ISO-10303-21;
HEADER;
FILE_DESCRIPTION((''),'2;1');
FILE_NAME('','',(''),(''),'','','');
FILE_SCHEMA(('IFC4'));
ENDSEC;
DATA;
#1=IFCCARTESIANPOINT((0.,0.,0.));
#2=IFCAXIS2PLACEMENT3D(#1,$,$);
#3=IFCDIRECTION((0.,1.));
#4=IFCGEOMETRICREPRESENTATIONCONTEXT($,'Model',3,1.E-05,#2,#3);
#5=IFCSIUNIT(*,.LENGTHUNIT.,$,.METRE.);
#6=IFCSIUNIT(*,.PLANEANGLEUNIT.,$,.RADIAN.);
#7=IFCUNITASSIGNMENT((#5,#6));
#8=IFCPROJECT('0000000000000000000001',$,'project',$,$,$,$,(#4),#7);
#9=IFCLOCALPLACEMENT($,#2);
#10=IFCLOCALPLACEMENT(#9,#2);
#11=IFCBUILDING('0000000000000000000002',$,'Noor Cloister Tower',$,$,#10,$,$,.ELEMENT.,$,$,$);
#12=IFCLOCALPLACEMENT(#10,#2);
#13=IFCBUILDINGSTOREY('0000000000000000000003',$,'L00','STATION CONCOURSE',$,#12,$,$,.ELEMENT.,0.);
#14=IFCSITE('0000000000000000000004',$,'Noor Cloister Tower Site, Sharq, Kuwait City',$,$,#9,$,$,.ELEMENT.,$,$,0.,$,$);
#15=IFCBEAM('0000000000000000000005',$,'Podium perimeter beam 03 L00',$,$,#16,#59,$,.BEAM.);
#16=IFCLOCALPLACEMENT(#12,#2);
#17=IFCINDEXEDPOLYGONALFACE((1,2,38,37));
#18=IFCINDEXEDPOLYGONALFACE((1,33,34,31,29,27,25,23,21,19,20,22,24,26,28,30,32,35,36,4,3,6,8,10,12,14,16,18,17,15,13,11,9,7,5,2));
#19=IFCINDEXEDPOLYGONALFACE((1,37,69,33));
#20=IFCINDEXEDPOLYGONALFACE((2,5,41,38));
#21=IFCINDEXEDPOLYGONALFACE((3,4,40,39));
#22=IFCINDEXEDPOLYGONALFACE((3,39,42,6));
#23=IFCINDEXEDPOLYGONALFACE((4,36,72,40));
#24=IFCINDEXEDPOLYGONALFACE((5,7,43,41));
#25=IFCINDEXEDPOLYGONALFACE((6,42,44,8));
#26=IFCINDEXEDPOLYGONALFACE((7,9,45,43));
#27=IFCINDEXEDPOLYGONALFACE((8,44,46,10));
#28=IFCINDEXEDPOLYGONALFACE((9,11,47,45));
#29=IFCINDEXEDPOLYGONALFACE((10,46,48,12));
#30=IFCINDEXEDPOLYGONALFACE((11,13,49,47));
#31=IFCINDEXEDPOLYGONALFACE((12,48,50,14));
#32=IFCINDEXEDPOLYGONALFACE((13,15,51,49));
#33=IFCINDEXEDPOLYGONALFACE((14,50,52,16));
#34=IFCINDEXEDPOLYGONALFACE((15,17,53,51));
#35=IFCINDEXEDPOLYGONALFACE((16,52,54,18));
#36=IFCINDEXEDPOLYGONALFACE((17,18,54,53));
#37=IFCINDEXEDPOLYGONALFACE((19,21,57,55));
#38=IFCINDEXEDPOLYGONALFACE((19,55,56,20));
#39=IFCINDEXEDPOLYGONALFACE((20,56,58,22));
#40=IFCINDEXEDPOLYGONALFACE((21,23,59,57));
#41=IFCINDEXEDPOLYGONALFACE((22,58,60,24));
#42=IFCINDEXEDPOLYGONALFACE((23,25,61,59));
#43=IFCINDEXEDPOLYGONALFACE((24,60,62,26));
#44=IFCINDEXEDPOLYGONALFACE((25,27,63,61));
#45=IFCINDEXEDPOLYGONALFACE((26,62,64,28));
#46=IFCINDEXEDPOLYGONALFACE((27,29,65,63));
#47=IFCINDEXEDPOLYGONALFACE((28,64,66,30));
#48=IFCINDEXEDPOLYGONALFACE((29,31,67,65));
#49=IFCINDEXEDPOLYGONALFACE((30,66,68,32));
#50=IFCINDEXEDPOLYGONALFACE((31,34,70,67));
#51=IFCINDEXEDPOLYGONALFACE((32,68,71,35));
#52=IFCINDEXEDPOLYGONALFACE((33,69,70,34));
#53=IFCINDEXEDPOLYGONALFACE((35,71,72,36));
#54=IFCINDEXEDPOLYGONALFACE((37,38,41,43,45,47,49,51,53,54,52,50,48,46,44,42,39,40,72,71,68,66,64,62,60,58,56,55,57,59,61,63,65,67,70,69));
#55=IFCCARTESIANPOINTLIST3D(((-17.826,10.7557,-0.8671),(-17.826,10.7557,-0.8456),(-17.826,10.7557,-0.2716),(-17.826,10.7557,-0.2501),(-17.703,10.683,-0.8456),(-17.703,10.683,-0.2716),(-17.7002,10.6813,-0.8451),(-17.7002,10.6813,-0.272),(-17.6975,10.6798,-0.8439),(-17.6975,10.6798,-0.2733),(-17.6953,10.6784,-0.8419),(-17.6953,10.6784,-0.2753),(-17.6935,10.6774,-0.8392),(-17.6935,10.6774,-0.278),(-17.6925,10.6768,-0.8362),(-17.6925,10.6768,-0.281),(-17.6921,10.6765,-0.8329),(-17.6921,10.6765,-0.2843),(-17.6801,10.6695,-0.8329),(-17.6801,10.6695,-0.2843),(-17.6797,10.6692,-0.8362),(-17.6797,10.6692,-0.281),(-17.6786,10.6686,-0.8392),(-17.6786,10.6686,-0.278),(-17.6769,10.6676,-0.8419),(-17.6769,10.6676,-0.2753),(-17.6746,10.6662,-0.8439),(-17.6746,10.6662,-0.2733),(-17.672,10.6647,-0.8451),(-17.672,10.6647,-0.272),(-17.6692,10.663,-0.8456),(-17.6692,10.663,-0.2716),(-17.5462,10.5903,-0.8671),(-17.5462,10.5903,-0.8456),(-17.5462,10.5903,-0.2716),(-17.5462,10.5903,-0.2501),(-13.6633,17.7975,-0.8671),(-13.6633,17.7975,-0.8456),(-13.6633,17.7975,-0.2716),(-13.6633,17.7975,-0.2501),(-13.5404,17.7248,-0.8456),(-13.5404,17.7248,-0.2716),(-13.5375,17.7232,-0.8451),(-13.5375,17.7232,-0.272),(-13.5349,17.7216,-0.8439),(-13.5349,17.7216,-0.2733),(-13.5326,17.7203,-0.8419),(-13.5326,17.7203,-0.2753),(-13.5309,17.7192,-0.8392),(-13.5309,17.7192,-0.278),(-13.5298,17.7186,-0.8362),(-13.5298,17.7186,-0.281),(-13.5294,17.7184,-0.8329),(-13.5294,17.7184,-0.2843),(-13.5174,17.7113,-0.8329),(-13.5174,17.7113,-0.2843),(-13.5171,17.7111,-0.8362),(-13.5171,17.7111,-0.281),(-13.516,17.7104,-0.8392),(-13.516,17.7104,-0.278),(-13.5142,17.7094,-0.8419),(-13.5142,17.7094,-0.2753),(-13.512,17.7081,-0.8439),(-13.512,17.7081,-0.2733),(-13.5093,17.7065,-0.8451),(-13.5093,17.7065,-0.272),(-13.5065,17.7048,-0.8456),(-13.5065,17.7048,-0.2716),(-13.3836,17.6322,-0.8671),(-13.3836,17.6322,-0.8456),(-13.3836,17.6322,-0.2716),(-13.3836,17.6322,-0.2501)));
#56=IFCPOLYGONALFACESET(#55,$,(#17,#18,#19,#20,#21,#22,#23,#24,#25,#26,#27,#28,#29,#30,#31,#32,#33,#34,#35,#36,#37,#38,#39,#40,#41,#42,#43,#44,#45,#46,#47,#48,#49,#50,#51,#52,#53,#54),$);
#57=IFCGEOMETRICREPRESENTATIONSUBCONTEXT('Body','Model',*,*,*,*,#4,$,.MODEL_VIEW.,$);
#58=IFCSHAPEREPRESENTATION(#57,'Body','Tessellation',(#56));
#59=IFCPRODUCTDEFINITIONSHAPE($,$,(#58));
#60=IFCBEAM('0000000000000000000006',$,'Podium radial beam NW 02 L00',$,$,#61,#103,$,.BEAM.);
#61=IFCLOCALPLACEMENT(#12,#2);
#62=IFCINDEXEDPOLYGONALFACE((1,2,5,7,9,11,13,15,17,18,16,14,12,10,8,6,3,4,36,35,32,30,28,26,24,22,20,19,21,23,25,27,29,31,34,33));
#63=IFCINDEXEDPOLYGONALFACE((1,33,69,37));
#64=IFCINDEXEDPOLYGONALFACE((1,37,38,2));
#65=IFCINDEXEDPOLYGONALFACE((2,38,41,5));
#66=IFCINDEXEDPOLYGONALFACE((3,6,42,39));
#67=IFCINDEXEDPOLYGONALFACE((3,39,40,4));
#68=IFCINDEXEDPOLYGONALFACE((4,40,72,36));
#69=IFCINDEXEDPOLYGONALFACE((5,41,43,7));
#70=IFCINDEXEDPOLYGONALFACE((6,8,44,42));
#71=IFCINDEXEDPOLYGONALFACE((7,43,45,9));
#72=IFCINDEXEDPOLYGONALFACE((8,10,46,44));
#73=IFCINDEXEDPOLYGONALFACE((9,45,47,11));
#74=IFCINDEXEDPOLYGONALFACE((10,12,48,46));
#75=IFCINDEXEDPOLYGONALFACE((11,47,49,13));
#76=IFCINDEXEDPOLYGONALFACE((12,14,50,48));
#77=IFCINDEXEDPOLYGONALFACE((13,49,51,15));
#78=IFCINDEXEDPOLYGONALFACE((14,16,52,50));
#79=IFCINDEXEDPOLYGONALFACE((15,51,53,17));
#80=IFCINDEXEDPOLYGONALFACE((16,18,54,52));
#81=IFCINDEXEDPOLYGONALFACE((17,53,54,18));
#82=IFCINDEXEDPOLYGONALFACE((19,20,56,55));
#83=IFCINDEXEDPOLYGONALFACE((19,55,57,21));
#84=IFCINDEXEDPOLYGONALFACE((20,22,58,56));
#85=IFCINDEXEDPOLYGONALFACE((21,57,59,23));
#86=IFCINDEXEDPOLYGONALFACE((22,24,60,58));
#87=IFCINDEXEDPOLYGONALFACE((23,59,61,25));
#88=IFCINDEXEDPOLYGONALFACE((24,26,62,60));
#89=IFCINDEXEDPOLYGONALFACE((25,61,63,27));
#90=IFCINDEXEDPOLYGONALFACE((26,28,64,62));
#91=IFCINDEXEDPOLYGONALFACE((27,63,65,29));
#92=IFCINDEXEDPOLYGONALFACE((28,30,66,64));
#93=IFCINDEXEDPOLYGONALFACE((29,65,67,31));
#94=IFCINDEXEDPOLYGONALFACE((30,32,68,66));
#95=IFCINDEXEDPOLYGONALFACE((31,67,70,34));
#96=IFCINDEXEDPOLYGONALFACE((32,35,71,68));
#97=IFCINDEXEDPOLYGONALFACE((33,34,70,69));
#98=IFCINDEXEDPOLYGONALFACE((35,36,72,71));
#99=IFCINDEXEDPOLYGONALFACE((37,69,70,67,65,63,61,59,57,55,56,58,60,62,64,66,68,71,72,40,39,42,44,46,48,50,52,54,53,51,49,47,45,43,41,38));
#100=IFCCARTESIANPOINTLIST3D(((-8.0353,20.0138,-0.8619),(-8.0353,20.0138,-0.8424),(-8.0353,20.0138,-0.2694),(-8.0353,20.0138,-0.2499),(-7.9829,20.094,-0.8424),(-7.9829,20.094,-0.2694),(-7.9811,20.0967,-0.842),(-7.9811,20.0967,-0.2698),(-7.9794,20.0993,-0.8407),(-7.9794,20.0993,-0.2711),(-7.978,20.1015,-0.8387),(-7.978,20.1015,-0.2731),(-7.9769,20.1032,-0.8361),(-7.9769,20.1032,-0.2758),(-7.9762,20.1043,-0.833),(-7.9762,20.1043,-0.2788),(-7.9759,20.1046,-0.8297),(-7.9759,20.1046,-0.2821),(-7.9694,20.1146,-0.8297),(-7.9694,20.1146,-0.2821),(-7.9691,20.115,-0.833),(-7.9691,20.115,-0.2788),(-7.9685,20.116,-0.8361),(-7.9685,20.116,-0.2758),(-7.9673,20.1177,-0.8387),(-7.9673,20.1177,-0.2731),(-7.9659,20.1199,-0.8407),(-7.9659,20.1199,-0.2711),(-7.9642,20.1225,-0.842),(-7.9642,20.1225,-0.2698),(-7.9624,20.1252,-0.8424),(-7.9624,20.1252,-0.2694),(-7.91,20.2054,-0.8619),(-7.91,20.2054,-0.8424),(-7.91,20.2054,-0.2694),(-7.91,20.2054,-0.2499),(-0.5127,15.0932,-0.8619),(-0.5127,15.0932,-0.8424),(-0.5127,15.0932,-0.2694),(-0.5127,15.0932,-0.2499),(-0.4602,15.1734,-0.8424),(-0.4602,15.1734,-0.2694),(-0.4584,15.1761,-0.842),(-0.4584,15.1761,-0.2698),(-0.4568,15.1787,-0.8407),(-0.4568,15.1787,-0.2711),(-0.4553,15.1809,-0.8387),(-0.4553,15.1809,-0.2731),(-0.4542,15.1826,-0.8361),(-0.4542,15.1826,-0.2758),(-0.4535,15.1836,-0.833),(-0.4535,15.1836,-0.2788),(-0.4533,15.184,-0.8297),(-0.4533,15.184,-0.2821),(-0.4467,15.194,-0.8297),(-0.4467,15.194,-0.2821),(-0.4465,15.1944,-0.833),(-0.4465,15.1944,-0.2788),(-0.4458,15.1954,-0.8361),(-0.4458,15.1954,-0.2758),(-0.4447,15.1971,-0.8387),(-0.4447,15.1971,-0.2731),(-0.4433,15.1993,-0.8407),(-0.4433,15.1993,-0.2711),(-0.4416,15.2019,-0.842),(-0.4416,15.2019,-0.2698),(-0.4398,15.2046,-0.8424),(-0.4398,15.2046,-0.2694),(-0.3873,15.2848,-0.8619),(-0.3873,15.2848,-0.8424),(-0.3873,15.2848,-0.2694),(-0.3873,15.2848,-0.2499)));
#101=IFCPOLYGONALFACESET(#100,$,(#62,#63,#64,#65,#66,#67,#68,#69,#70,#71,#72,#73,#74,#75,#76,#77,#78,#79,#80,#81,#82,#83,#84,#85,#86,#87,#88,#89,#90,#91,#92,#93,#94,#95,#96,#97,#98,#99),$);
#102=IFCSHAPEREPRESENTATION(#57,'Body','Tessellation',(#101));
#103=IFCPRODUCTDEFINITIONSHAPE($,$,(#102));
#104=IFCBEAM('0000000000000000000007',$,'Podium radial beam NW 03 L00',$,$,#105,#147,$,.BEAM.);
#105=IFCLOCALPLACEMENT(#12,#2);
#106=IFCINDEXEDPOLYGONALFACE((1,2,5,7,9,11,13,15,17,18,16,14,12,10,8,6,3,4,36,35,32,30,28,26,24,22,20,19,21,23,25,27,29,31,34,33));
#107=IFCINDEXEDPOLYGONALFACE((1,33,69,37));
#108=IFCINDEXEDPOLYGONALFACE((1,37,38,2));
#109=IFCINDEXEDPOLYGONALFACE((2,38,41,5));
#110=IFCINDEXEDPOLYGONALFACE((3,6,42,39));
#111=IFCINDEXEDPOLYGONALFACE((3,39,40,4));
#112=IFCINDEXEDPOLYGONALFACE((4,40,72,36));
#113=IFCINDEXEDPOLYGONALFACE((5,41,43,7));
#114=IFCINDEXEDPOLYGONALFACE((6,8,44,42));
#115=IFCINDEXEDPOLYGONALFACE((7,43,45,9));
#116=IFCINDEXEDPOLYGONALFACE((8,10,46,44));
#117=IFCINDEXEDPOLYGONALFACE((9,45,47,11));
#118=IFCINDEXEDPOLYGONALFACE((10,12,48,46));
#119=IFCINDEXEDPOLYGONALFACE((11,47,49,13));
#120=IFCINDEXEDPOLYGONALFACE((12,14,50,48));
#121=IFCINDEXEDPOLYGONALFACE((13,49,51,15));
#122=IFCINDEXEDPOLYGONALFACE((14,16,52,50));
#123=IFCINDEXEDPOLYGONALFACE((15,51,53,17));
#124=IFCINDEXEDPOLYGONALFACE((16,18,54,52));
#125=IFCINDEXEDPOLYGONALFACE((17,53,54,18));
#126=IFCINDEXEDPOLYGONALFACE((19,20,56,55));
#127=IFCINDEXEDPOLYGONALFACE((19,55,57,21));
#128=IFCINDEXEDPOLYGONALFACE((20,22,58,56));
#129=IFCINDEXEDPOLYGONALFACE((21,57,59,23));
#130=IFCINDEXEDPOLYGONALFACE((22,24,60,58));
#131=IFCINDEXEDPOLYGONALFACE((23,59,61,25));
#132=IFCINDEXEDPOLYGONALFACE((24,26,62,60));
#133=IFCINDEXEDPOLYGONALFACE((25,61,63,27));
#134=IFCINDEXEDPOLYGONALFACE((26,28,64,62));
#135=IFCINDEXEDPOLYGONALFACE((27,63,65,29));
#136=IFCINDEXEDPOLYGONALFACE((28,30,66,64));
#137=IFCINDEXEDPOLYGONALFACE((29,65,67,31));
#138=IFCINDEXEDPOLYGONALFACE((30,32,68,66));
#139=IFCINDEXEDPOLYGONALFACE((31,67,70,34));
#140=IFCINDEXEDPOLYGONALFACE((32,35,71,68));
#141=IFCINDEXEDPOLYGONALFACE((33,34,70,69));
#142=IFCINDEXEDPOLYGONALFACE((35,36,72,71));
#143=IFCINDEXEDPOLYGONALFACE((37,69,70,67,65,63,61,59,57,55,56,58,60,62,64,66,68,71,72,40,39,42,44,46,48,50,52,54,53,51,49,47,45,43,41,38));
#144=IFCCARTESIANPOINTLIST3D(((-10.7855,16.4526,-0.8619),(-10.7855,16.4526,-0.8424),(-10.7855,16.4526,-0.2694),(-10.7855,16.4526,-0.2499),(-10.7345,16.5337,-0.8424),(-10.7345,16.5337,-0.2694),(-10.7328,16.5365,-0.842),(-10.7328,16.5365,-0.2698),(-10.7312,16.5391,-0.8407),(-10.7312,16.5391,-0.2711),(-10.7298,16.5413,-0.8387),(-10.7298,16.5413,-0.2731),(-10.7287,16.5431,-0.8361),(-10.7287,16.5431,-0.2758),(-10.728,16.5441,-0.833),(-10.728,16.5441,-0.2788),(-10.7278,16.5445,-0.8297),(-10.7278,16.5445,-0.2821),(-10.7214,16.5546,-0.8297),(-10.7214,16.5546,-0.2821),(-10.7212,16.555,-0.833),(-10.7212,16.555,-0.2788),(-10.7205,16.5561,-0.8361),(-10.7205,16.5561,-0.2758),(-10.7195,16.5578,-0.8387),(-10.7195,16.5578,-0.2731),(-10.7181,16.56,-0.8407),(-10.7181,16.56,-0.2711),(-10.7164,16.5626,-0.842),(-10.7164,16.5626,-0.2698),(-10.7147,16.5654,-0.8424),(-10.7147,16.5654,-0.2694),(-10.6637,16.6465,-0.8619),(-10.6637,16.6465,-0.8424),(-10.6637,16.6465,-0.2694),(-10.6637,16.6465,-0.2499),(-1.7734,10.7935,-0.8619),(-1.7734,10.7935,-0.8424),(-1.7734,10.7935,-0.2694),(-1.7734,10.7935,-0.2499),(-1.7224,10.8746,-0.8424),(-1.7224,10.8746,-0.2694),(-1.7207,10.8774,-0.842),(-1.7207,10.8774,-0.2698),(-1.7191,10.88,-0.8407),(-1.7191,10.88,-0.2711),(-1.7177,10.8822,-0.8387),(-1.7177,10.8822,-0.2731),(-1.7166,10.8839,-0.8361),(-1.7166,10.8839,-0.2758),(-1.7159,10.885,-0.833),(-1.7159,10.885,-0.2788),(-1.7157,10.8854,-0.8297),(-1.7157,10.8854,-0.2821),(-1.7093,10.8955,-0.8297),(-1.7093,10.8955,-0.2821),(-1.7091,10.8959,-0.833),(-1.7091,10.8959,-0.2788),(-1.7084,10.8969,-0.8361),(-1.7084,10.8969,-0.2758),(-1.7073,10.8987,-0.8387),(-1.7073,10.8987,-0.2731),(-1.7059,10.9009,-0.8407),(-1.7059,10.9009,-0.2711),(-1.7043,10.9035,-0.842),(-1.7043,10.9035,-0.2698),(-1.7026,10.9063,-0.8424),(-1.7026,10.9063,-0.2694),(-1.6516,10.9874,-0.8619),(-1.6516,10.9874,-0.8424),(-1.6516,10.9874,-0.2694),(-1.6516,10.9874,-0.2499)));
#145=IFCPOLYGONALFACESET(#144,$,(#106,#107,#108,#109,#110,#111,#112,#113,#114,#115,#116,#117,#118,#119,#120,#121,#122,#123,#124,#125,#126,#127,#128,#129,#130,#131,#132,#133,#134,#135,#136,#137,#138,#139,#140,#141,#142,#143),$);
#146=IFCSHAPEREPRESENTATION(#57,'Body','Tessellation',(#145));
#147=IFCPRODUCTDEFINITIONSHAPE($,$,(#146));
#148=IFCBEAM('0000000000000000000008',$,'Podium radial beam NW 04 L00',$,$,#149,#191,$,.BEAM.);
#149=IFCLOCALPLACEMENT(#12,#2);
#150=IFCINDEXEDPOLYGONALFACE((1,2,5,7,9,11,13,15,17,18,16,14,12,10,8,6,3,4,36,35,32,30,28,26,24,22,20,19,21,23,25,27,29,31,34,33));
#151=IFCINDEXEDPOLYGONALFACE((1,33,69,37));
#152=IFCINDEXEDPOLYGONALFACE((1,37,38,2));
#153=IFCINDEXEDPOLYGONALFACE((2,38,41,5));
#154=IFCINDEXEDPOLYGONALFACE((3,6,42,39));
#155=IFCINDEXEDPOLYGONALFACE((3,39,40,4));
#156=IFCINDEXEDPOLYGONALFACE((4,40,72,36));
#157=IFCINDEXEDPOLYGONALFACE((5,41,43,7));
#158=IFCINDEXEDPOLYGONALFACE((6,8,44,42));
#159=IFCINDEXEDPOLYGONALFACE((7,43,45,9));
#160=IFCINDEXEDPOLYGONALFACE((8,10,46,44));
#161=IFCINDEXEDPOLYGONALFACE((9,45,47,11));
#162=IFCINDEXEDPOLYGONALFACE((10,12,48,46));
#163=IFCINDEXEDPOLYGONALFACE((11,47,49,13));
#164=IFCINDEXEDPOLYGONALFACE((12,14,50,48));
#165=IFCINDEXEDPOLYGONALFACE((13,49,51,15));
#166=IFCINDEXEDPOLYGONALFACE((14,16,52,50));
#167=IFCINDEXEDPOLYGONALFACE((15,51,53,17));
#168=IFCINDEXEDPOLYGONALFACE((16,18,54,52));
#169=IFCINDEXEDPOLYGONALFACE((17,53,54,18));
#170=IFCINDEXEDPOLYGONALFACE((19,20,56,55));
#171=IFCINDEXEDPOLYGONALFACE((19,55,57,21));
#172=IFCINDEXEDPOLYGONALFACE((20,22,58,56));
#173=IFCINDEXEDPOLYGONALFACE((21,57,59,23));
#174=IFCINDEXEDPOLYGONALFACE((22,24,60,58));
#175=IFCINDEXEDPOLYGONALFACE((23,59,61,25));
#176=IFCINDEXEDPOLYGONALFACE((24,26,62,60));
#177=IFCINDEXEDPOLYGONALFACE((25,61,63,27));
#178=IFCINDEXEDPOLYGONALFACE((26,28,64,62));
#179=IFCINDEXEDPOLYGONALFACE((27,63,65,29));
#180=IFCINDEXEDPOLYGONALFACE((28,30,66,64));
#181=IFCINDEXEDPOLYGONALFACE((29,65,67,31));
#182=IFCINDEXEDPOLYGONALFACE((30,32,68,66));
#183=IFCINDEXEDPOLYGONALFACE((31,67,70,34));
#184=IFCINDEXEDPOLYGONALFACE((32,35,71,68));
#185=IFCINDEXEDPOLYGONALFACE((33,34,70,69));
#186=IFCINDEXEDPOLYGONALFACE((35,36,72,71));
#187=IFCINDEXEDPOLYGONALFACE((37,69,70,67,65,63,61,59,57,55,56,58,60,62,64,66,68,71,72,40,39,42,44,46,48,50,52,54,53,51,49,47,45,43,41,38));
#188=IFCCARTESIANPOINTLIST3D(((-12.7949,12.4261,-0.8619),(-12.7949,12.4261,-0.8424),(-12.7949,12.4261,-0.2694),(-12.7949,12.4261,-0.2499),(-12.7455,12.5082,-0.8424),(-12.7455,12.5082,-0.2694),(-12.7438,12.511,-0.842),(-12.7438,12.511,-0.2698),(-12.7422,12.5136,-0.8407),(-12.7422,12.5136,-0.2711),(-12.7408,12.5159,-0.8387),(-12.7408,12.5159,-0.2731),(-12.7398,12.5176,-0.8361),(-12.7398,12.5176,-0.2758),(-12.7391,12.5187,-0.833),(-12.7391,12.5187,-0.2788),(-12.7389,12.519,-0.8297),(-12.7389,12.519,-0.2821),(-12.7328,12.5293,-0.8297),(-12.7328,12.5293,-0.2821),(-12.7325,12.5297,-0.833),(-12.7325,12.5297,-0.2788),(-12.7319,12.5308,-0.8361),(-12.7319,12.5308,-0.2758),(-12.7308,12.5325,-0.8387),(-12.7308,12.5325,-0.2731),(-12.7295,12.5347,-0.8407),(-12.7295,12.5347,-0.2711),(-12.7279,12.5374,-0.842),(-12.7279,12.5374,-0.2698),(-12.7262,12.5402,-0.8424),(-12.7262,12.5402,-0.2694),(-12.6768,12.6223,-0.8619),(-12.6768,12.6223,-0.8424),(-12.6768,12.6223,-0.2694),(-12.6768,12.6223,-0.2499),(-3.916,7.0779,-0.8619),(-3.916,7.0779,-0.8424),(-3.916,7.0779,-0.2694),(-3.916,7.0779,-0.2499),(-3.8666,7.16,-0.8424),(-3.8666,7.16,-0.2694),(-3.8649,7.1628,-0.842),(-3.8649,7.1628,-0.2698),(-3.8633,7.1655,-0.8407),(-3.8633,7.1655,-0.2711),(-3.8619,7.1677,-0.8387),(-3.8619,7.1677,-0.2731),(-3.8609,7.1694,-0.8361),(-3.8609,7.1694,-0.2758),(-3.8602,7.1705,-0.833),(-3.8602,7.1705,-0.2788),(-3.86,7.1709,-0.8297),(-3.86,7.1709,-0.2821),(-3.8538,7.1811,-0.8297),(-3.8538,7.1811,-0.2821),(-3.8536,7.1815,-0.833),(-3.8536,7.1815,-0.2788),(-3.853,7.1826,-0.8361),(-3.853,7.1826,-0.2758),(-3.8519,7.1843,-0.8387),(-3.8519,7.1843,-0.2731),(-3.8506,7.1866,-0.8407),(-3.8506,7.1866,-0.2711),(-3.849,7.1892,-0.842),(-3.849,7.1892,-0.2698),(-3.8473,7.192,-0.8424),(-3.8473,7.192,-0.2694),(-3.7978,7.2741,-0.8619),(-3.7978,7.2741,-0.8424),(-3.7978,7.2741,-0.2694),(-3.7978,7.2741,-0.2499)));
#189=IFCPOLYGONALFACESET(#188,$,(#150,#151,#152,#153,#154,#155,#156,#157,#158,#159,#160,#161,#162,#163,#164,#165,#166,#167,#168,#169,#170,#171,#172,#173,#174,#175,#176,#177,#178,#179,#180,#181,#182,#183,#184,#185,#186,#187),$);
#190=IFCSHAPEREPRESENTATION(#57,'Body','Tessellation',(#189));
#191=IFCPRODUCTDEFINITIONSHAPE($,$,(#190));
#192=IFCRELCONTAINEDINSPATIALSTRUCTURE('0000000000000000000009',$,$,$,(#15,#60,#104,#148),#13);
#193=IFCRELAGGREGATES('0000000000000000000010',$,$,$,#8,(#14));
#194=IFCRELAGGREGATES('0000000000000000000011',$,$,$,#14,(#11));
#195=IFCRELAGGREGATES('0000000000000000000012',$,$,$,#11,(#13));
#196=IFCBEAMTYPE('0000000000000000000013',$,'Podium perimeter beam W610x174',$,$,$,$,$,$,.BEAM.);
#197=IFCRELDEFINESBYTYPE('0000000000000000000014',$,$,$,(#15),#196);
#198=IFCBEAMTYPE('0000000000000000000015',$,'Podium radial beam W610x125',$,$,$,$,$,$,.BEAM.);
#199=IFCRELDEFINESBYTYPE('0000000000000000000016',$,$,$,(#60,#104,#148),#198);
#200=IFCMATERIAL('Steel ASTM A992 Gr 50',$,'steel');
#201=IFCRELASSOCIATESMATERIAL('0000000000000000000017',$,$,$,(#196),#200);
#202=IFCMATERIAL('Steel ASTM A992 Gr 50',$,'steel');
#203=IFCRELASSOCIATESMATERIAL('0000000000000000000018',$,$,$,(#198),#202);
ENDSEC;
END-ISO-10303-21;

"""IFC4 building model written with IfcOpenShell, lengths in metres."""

from ifc_helpers import new_model, si_unit, direction, frame, origin, origin_2d, place, context, subcontext, project, spatial, i_section, extrude, material, material_profile, profile_set, type_object, element, save


model = new_model("IFC4")

# Units and contexts
model_context = context("Model", 3, precision=1e-05, world=origin(), true_north=direction((0.0, 1.0)))
body_context = subcontext(model_context, "Body", "Model", "MODEL_VIEW")
ifc_project = project(units=[si_unit("LENGTHUNIT", "METRE"), si_unit("PLANEANGLEUNIT", "RADIAN")], contexts=[model_context])

# Site, building, storey
site_placement = place(None, origin())
site = spatial("IfcSite", under=ifc_project, at=site_placement, Name="Noor Cloister Tower Site, Sharq, Kuwait City", CompositionType="ELEMENT", RefElevation=0.0)
building_placement = place(site_placement, origin())
building = spatial("IfcBuilding", under=site, at=building_placement, Name="Noor Cloister Tower", CompositionType="ELEMENT")
storey_placement = place(building_placement, origin())
storey = spatial("IfcBuildingStorey", under=building, at=storey_placement, Name="L00", Description="STATION CONCOURSE", CompositionType="ELEMENT", Elevation=0.0)

# Beams
ifc_material_1 = material(Name="Steel ASTM A992 Gr 50", Category="steel")
ifc_material_profile_1 = material_profile(ifc_material_1, i_section(OverallWidth=0.325, OverallDepth=0.6169, WebThickness=0.0139, FlangeThickness=0.0215, FilletRadius=0.0127, at=origin_2d()), Name="W610x174")
ifc_profile_set_1 = profile_set([ifc_material_profile_1], Name="Steel ASTM A992 Gr 50")
beam_type_1 = type_object("IfcBeamType", Name="Podium perimeter beam W610x174", PredefinedType="BEAM", material=ifc_profile_set_1)
beam_1_placement = place(storey_placement, frame((-13.5234, 17.7148, -0.5586), z_axis=(-0.508871, -0.860843, 0.0), x_axis=(0.860843, -0.508871, 0.0)))
element("IfcBeam", 1, at=beam_1_placement, inside=storey, type_object=beam_type_1, Name="Podium perimeter beam 03 L00", PredefinedType="BEAM", context=body_context, shape_type="SweptSolid", body=[
    extrude(i_section(OverallWidth=0.325, OverallDepth=0.6169, WebThickness=0.0139, FlangeThickness=0.0215, FilletRadius=0.0127, at=origin_2d()), origin(), (0.0, 0.0, 1.0), 8.1802),
])
ifc_material_2 = material(Name="Steel ASTM A992 Gr 50", Category="steel")
ifc_material_profile_2 = material_profile(ifc_material_2, i_section(OverallWidth=0.229, OverallDepth=0.6121, WebThickness=0.012, FlangeThickness=0.0195, FilletRadius=0.0127, at=origin_2d()), Name="W610x125")
ifc_profile_set_2 = profile_set([ifc_material_profile_2], Name="Steel ASTM A992 Gr 50")
beam_type_2 = type_object("IfcBeamType", Name="Podium radial beam W610x125", PredefinedType="BEAM", material=ifc_profile_set_2)
beam_2_placement = place(storey_placement, frame((-7.9727, 20.1096, -0.5559), z_axis=(0.83687, -0.547402, 0.0), x_axis=(0.547402, 0.83687, 0.0)))
element("IfcBeam", 2, at=beam_2_placement, inside=storey, type_object=beam_type_2, Name="Podium radial beam NW 02 L00", PredefinedType="BEAM", context=body_context, shape_type="SweptSolid", body=[
    extrude(i_section(OverallWidth=0.229, OverallDepth=0.6121, WebThickness=0.012, FlangeThickness=0.0195, FilletRadius=0.0127, at=origin_2d()), origin(), (0.0, 0.0, 1.0), 8.989),
])
beam_3_placement = place(storey_placement, frame((-10.7246, 16.5496, -0.5559), z_axis=(0.846875, -0.531792, 0.0), x_axis=(0.531792, 0.846875, 0.0)))
element("IfcBeam", 3, at=beam_3_placement, inside=storey, type_object=beam_type_2, Name="Podium radial beam NW 03 L00", PredefinedType="BEAM", context=body_context, shape_type="SweptSolid", body=[
    extrude(i_section(OverallWidth=0.229, OverallDepth=0.6121, WebThickness=0.012, FlangeThickness=0.0195, FilletRadius=0.0127, at=origin_2d()), origin(), (0.0, 0.0, 1.0), 10.6416),
])
beam_4_placement = place(storey_placement, frame((-12.7358, 12.5242, -0.5559), z_axis=(0.856606, -0.515971, 0.0), x_axis=(0.515971, 0.856606, 0.0)))
element("IfcBeam", 4, at=beam_4_placement, inside=storey, type_object=beam_type_2, Name="Podium radial beam NW 04 L00", PredefinedType="BEAM", context=body_context, shape_type="SweptSolid", body=[
    extrude(i_section(OverallWidth=0.229, OverallDepth=0.6121, WebThickness=0.012, FlangeThickness=0.0195, FilletRadius=0.0127, at=origin_2d()), origin(), (0.0, 0.0, 1.0), 10.3652),
])

save(model, "model.ifc")
